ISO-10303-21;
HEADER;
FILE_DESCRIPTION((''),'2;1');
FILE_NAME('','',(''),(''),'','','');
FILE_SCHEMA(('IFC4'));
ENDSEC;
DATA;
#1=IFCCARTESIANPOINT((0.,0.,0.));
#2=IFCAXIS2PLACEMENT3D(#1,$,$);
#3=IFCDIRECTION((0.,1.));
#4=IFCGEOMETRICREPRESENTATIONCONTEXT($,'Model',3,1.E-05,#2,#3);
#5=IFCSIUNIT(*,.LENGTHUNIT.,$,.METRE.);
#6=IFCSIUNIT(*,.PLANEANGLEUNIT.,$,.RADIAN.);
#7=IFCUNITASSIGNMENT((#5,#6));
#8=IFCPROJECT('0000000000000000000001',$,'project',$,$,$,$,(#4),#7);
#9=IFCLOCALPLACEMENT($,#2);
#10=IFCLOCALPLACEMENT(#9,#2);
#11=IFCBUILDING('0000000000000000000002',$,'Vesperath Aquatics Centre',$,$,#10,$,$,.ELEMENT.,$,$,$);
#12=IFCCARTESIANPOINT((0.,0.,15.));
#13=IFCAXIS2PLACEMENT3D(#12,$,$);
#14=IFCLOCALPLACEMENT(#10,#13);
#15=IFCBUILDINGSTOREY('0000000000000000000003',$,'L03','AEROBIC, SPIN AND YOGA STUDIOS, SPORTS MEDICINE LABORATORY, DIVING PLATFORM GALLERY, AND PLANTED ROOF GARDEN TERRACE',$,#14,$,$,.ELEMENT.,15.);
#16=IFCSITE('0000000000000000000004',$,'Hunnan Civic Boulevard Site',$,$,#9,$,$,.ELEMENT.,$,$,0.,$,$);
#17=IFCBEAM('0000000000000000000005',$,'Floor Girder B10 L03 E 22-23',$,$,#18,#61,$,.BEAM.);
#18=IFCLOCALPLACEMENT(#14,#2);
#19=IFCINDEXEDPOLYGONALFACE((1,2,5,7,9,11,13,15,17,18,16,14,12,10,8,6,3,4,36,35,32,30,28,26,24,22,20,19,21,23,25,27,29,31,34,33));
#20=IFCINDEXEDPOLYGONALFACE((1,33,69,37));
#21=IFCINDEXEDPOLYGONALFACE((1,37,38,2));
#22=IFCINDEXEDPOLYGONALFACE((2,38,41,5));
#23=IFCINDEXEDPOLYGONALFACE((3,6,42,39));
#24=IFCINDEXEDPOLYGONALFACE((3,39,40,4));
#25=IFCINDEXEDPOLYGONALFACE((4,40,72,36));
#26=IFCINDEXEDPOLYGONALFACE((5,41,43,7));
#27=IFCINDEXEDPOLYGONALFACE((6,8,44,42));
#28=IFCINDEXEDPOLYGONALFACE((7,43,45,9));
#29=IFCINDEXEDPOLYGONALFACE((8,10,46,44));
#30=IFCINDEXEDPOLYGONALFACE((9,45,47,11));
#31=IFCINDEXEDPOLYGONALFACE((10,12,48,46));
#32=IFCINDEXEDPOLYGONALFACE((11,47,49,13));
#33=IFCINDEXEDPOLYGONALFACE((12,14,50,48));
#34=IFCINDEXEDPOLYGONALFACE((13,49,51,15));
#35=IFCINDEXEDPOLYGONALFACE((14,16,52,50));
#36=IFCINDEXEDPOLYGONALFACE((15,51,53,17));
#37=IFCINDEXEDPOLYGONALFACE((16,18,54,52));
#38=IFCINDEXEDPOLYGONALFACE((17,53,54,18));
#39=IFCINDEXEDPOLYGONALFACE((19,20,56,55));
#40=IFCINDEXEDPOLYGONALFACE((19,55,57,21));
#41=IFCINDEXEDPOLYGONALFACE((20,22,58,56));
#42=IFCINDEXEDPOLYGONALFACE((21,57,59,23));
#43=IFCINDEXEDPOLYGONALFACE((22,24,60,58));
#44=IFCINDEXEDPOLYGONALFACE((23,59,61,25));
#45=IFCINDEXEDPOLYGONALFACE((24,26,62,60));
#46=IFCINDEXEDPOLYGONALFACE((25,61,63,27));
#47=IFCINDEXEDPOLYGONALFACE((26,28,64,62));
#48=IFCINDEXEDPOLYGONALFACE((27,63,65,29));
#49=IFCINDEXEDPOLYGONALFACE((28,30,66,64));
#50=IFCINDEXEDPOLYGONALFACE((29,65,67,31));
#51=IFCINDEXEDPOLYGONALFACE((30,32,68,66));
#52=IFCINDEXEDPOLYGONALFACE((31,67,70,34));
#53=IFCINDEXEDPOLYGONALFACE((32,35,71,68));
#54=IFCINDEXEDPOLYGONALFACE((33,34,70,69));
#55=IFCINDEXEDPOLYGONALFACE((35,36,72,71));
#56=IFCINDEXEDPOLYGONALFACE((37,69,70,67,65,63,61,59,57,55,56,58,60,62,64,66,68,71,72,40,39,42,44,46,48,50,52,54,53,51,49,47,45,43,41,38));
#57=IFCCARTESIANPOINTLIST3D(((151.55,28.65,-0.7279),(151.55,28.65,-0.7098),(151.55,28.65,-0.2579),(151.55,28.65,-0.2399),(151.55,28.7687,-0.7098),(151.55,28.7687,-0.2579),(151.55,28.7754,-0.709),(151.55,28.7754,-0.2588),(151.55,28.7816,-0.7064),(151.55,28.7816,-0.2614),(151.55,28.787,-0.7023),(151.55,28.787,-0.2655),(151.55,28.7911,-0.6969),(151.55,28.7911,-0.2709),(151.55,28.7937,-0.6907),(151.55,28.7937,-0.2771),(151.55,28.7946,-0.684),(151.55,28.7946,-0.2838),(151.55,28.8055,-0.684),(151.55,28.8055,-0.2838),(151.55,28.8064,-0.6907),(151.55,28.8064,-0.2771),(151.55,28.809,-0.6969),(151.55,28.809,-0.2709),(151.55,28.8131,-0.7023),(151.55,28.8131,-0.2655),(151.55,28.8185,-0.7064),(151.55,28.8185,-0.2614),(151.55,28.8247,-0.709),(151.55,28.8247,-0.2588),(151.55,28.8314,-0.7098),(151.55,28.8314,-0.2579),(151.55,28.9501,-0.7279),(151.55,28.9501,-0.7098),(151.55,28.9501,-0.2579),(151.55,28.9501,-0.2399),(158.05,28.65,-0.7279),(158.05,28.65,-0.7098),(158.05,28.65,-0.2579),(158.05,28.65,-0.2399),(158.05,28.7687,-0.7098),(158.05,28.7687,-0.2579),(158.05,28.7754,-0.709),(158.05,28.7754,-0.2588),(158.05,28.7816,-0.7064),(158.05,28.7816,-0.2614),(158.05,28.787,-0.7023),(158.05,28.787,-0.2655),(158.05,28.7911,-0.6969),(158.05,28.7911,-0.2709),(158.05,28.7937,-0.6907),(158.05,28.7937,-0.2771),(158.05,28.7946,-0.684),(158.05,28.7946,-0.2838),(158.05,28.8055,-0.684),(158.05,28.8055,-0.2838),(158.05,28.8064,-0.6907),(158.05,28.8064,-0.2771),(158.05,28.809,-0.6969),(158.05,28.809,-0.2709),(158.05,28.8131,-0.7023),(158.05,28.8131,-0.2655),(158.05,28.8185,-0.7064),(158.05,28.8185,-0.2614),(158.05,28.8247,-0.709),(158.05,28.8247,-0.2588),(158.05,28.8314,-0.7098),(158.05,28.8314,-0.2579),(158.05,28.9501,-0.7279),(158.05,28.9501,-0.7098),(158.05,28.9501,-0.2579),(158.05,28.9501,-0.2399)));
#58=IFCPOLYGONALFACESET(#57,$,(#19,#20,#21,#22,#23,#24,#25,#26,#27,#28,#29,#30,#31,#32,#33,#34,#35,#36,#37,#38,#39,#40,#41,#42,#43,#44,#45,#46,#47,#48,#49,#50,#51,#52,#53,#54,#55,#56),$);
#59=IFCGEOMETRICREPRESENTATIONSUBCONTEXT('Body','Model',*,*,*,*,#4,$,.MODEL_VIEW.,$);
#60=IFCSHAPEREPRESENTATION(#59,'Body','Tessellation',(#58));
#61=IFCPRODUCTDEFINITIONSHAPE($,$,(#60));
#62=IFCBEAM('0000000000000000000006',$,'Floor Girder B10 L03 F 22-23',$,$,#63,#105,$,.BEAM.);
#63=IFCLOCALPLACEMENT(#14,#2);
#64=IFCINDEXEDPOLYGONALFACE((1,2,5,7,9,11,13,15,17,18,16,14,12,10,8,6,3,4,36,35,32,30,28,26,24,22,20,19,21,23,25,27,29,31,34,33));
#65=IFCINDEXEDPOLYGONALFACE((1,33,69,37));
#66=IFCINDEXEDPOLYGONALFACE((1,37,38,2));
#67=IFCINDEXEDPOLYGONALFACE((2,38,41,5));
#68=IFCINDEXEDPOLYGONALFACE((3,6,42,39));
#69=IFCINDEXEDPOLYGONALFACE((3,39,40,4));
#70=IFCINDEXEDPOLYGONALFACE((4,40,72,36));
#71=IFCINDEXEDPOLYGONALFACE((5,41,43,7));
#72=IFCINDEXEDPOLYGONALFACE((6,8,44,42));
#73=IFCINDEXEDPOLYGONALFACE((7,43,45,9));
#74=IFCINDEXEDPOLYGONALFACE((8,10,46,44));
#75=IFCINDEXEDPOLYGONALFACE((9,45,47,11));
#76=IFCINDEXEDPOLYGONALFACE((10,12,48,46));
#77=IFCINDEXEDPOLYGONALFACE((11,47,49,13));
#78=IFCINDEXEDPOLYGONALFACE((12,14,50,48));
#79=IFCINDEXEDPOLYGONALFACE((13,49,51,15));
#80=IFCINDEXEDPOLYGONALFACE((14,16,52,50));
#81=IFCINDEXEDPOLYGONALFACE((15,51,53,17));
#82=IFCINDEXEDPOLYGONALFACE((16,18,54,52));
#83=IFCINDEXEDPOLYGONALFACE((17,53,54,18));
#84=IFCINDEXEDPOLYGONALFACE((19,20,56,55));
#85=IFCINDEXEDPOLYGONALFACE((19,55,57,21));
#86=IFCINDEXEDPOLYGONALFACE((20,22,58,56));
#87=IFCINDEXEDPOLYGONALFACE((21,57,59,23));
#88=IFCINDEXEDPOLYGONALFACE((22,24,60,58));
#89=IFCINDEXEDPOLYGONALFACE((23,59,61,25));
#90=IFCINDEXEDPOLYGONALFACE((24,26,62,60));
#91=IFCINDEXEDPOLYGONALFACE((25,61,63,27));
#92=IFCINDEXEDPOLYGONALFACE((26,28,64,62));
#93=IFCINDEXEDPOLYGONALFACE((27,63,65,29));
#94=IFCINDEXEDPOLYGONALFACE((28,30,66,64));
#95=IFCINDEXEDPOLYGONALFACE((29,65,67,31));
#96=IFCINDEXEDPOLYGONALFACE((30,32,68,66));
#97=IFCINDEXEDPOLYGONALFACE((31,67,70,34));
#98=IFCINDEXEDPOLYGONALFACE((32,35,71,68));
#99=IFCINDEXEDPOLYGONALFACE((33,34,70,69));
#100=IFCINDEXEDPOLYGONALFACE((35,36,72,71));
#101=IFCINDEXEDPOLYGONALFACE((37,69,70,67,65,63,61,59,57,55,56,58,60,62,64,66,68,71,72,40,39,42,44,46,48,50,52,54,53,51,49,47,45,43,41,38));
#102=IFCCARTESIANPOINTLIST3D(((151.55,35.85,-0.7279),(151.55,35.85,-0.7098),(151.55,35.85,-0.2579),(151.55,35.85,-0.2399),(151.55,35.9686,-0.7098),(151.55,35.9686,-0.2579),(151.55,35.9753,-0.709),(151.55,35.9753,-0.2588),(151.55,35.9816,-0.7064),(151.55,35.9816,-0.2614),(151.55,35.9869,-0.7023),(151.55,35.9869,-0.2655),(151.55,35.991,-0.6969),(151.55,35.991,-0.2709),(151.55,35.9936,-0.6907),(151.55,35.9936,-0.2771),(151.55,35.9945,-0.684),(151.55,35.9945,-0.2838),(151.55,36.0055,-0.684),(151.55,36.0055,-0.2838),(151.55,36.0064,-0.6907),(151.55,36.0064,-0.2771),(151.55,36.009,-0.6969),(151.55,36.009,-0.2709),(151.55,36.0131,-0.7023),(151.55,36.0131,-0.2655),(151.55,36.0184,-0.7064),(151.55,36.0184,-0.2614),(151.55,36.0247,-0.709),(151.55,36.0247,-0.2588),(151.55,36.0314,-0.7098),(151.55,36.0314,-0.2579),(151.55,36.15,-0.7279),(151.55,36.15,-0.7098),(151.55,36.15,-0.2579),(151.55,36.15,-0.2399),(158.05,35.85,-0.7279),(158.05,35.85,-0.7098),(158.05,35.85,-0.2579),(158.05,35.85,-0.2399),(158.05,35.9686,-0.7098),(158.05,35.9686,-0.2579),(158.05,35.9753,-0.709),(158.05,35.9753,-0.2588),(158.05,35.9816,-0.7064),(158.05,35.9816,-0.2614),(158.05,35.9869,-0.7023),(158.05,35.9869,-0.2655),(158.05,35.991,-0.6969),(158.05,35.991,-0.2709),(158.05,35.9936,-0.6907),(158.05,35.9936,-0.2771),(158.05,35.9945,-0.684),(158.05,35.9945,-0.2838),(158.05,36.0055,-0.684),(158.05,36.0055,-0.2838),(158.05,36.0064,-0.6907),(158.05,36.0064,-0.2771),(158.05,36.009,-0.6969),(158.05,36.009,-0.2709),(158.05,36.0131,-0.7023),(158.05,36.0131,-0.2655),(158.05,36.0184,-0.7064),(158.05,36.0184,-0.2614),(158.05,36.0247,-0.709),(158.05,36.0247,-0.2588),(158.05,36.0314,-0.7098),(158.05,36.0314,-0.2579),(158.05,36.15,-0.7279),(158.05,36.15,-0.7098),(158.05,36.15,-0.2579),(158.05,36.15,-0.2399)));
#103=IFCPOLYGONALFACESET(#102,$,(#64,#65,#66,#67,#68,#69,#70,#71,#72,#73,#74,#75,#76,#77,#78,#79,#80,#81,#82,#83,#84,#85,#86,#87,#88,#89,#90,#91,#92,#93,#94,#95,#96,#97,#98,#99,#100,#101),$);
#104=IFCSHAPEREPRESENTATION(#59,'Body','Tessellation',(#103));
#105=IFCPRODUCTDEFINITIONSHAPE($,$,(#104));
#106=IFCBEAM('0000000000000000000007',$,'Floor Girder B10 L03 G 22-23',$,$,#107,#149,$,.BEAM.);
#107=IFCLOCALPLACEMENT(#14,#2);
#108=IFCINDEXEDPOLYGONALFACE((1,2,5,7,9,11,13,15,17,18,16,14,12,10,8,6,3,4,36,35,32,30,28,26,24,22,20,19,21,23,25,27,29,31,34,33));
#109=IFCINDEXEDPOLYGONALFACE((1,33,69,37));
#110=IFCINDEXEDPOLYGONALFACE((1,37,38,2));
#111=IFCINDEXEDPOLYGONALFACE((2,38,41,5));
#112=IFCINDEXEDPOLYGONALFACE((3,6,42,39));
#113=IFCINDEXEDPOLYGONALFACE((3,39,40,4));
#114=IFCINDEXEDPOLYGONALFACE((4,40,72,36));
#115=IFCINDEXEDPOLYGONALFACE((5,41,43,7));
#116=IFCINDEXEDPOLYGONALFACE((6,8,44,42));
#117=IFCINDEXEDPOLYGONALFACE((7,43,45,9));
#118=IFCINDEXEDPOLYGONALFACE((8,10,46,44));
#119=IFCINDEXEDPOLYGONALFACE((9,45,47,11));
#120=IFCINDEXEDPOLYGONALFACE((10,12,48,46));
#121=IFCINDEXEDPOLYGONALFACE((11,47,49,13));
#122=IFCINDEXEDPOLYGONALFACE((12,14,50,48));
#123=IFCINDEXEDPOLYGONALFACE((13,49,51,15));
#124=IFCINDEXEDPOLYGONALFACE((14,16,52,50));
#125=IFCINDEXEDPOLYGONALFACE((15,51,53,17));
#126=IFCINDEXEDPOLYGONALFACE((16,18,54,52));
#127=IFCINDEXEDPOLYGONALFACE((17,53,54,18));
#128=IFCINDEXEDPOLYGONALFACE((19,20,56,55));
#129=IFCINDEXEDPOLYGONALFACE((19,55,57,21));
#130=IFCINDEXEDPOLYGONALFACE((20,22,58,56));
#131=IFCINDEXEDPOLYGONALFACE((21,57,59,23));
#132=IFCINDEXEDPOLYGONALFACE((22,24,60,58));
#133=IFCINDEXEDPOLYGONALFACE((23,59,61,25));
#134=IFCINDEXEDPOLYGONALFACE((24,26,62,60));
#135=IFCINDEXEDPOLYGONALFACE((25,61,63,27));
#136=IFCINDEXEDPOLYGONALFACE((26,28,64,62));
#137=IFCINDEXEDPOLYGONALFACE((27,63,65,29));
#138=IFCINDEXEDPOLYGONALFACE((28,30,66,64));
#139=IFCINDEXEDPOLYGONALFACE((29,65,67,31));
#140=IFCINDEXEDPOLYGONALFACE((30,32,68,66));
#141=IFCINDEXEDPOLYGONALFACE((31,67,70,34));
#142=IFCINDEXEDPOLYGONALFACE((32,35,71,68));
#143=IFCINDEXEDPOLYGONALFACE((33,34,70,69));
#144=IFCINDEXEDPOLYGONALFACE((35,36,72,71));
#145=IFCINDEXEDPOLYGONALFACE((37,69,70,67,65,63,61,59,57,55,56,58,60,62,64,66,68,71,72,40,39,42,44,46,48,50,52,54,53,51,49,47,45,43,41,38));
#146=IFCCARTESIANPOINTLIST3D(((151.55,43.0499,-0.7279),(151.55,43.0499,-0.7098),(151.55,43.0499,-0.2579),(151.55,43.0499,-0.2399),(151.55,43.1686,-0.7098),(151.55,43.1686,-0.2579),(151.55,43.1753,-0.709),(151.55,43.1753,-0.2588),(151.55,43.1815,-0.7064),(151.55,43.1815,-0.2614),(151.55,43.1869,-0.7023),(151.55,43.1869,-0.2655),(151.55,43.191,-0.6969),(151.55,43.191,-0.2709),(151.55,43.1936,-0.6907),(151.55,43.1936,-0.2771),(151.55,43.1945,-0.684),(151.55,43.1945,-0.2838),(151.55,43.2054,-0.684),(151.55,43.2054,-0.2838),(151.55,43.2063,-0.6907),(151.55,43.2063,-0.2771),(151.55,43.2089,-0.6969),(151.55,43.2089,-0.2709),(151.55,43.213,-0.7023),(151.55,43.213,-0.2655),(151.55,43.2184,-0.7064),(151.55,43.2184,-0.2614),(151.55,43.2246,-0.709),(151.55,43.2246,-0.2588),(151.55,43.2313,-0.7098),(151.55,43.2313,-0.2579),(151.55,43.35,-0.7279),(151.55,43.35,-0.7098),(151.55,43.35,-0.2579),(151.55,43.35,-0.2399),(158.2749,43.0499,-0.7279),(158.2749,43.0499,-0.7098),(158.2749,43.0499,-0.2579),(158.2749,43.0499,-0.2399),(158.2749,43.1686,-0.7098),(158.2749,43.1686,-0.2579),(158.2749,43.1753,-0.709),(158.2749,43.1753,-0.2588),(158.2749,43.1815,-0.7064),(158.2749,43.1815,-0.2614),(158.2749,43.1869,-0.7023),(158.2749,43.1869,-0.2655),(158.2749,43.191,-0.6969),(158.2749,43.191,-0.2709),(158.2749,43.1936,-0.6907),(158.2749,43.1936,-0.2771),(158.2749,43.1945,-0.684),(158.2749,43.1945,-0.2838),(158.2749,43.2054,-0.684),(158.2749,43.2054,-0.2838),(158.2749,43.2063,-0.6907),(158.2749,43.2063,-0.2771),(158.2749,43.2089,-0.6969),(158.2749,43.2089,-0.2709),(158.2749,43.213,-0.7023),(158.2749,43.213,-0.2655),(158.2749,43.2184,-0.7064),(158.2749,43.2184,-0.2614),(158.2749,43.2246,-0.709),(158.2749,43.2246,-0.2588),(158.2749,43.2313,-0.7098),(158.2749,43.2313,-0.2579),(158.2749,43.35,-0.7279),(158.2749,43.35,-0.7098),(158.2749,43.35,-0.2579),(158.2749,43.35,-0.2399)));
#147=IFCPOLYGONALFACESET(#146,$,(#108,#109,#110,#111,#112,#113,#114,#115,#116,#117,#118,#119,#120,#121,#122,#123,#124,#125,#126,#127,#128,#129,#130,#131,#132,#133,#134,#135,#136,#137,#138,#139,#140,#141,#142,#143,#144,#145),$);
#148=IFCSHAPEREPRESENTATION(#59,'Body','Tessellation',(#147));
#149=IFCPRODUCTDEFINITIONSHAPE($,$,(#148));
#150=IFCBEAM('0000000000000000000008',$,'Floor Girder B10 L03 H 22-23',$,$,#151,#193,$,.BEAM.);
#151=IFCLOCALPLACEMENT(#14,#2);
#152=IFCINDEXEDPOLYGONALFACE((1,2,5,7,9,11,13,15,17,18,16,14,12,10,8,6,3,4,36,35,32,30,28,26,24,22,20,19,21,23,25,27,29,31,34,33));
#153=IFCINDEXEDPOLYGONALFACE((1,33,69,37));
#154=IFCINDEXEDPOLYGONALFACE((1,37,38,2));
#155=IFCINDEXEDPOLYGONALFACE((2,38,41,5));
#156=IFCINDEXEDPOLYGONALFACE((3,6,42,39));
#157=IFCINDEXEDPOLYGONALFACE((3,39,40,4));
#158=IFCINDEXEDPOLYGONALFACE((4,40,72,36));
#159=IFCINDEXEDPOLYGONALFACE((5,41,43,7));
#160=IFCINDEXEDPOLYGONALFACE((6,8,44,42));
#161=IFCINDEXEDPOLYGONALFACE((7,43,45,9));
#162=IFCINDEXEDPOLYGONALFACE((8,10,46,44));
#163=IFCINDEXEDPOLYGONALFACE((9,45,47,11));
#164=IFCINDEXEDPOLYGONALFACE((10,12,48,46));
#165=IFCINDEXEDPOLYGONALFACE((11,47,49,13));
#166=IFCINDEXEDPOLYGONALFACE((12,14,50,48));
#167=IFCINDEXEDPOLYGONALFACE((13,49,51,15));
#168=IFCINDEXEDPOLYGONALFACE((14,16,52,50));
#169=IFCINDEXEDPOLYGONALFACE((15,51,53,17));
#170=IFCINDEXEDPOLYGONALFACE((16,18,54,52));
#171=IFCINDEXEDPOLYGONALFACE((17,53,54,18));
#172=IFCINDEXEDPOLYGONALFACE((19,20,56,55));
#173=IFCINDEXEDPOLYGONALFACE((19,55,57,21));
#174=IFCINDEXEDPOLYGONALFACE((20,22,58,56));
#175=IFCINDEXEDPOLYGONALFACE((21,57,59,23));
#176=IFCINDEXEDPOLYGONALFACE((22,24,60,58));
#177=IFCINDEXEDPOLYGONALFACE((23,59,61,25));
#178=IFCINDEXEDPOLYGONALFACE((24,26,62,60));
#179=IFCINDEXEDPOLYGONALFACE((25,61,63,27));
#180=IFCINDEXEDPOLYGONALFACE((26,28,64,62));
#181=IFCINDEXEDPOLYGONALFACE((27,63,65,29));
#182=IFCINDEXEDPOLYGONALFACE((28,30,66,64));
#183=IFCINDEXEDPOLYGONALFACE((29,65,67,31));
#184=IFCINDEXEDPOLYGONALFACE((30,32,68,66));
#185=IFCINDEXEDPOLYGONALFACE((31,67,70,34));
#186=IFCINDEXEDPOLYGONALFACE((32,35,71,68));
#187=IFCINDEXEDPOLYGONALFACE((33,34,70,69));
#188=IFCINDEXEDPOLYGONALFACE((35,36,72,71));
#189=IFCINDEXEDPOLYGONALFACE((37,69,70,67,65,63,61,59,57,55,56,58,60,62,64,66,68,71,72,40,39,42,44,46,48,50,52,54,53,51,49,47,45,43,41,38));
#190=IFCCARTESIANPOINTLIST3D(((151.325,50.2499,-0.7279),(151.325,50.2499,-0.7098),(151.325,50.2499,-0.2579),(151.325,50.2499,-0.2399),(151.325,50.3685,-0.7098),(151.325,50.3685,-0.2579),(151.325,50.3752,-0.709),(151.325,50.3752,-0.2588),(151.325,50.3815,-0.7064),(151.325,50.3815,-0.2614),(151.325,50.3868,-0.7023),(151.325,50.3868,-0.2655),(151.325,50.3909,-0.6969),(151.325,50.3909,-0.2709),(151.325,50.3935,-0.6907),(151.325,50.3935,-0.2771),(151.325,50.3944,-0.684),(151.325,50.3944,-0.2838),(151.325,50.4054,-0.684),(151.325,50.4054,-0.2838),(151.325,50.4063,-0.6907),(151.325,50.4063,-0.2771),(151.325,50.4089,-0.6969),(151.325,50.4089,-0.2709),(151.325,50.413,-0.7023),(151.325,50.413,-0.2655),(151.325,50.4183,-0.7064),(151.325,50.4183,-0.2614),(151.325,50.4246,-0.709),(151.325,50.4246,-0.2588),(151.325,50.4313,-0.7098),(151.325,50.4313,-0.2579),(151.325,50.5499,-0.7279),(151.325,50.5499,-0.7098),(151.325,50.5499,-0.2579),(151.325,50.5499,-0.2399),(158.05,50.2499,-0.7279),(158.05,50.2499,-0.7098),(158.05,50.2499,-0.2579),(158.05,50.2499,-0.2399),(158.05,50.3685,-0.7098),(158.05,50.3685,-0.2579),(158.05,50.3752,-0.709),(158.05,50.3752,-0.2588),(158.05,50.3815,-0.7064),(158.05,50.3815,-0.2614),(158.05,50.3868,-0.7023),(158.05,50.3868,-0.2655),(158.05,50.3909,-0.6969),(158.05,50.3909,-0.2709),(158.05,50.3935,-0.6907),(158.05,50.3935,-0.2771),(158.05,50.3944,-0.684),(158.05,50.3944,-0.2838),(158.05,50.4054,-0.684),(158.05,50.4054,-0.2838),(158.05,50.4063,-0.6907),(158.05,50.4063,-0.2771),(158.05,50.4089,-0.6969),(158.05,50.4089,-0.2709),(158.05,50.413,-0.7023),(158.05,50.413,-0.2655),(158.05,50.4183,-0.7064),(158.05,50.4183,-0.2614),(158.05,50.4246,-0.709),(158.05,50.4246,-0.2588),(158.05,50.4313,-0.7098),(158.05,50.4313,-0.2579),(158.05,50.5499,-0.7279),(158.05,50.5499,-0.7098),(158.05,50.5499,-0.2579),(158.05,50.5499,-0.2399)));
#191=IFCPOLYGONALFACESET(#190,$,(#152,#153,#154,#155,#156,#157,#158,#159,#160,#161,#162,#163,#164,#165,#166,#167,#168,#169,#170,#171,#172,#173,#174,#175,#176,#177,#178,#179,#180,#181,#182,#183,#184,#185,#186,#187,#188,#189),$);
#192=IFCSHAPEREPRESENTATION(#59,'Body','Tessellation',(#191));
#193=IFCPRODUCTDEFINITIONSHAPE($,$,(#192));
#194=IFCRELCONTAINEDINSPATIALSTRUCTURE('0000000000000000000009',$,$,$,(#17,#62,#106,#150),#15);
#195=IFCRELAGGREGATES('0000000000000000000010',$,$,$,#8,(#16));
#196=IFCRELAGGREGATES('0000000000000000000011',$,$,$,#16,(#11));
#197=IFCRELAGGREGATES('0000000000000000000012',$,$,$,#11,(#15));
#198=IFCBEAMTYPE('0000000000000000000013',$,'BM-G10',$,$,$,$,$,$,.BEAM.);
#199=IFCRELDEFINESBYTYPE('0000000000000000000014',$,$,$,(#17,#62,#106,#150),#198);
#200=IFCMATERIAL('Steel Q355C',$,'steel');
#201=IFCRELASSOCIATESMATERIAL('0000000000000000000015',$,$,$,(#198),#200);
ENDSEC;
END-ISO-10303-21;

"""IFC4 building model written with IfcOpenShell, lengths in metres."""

from ifc_helpers import new_model, si_unit, direction, frame, origin, origin_2d, place, context, subcontext, project, spatial, i_section, extrude, material, material_profile, profile_set, type_object, element, save


model = new_model("IFC4")

# Units and contexts
model_context = context("Model", 3, precision=1e-05, world=origin(), true_north=direction((0.0, 1.0)))
body_context = subcontext(model_context, "Body", "Model", "MODEL_VIEW")
ifc_project = project(units=[si_unit("LENGTHUNIT", "METRE"), si_unit("PLANEANGLEUNIT", "RADIAN")], contexts=[model_context])

# Site, building, storey
site_placement = place(None, origin())
site = spatial("IfcSite", under=ifc_project, at=site_placement, Name="Hunnan Civic Boulevard Site", CompositionType="ELEMENT", RefElevation=0.0)
building_placement = place(site_placement, origin())
building = spatial("IfcBuilding", under=site, at=building_placement, Name="Vesperath Aquatics Centre", CompositionType="ELEMENT")
storey_placement = place(building_placement, frame((0.0, 0.0, 15.0)))
storey = spatial("IfcBuildingStorey", under=building, at=storey_placement, Name="L03", Description="AEROBIC, SPIN AND YOGA STUDIOS, SPORTS MEDICINE LABORATORY, DIVING PLATFORM GALLERY, AND PLANTED ROOF GARDEN TERRACE", CompositionType="ELEMENT", Elevation=15.0)

# Shared definitions
ifc_material_1 = material(Name="Steel Q355C", Category="steel")

# Beams
ifc_material_profile_1 = material_profile(ifc_material_1, i_section(OverallWidth=0.3, OverallDepth=0.488, WebThickness=0.011, FlangeThickness=0.0181, FilletRadius=0.0259, at=origin_2d()), Name="HM 488x300x11x18")
ifc_profile_set_1 = profile_set([ifc_material_profile_1], Name="Steel Q355C")
beam_type_1 = type_object("IfcBeamType", Name="BM-G10", PredefinedType="BEAM", material=ifc_profile_set_1)
for number, where, z_axis, x_axis, name in (
    (1, (151.55, 28.8, -0.4839), (1.0, 0.0, 0.0), (0.0, 1.0, 0.0), "Floor Girder B10 L03 E 22-23"),
    (2, (151.55, 36.0, -0.4839), (1.0, 0.0, 0.0), (0.0, 1.0, 0.0), "Floor Girder B10 L03 F 22-23"),
):
    element("IfcBeam", number, at=place(storey_placement, frame(where, z_axis=z_axis, x_axis=x_axis)), inside=storey, type_object=beam_type_1, Name=name, PredefinedType="BEAM", context=body_context, shape_type="SweptSolid", body=[
        extrude(i_section(OverallWidth=0.3, OverallDepth=0.488, WebThickness=0.011, FlangeThickness=0.0181, FilletRadius=0.0259, at=origin_2d()), origin(), (0.0, 0.0, 1.0), 6.5),
    ])
beam_1_placement = place(storey_placement, frame((151.55, 43.2, -0.4839), z_axis=(1.0, 0.0, 0.0), x_axis=(0.0, 1.0, 0.0)))
element("IfcBeam", 3, at=beam_1_placement, inside=storey, type_object=beam_type_1, Name="Floor Girder B10 L03 G 22-23", PredefinedType="BEAM", context=body_context, shape_type="SweptSolid", body=[
    extrude(i_section(OverallWidth=0.3, OverallDepth=0.488, WebThickness=0.011, FlangeThickness=0.0181, FilletRadius=0.0259, at=origin_2d()), origin(), (0.0, 0.0, 1.0), 6.7249),
])
beam_2_placement = place(storey_placement, frame((151.325, 50.3999, -0.4839), z_axis=(1.0, 0.0, 0.0), x_axis=(0.0, 1.0, 0.0)))
element("IfcBeam", 4, at=beam_2_placement, inside=storey, type_object=beam_type_1, Name="Floor Girder B10 L03 H 22-23", PredefinedType="BEAM", context=body_context, shape_type="SweptSolid", body=[
    extrude(i_section(OverallWidth=0.3, OverallDepth=0.488, WebThickness=0.011, FlangeThickness=0.0181, FilletRadius=0.0259, at=origin_2d()), origin(), (0.0, 0.0, 1.0), 6.7251),
])

save(model, "model.ifc")
